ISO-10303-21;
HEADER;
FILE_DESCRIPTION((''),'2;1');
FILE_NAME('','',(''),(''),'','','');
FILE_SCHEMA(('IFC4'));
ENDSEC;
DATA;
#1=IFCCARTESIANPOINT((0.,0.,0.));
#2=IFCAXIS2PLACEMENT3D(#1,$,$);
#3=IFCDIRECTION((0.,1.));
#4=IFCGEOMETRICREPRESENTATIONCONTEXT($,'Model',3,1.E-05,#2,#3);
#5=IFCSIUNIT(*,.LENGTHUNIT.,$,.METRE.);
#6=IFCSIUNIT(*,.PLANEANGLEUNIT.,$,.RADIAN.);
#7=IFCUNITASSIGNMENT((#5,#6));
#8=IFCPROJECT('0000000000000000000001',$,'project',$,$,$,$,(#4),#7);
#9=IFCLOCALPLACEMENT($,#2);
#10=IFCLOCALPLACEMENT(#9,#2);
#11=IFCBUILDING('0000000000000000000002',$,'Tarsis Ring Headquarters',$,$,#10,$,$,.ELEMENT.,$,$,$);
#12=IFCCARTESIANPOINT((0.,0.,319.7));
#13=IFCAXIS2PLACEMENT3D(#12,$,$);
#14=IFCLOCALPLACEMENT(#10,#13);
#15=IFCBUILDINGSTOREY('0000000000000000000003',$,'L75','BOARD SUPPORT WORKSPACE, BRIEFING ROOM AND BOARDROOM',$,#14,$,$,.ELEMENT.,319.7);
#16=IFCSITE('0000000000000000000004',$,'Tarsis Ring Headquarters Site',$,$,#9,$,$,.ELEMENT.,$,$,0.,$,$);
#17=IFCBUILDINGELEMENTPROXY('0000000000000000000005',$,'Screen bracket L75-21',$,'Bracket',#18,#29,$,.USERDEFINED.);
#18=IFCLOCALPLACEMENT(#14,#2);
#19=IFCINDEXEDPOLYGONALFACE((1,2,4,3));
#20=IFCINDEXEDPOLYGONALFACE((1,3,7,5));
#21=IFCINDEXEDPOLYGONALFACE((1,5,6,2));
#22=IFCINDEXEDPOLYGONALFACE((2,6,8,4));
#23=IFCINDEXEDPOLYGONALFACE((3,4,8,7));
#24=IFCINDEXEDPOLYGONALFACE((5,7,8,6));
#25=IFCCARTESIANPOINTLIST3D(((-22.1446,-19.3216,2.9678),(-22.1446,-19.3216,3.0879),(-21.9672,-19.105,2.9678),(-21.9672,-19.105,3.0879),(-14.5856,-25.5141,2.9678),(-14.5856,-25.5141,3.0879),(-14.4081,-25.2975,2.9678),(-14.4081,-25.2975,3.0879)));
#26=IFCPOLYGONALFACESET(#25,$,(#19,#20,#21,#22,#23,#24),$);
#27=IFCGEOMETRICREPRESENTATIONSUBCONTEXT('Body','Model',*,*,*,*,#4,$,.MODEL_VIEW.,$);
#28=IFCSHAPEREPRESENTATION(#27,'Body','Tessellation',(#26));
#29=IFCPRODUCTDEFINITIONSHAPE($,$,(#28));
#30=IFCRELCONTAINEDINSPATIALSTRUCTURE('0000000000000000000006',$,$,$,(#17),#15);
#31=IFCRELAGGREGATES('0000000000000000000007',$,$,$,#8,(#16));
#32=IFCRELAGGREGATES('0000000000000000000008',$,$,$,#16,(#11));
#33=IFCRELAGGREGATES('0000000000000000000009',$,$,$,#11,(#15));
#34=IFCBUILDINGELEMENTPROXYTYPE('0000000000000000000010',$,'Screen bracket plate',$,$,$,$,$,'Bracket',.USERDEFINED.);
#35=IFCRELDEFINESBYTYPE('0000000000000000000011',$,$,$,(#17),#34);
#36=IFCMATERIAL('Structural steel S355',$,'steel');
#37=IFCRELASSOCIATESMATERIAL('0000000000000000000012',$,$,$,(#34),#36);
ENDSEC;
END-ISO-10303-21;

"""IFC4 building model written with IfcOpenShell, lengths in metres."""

from ifc_helpers import new_model, si_unit, direction, frame, origin, origin_2d, place, context, subcontext, project, spatial, rectangle, extrude, material, type_object, element, save


model = new_model("IFC4")

# Units and contexts
model_context = context("Model", 3, precision=1e-05, world=origin(), true_north=direction((0.0, 1.0)))
body_context = subcontext(model_context, "Body", "Model", "MODEL_VIEW")
ifc_project = project(units=[si_unit("LENGTHUNIT", "METRE"), si_unit("PLANEANGLEUNIT", "RADIAN")], contexts=[model_context])

# Site, building, storey
site_placement = place(None, origin())
site = spatial("IfcSite", under=ifc_project, at=site_placement, Name="Tarsis Ring Headquarters Site", CompositionType="ELEMENT", RefElevation=0.0)
building_placement = place(site_placement, origin())
building = spatial("IfcBuilding", under=site, at=building_placement, Name="Tarsis Ring Headquarters", CompositionType="ELEMENT")
storey_placement = place(building_placement, frame((0.0, 0.0, 319.7)))
storey = spatial("IfcBuildingStorey", under=building, at=storey_placement, Name="L75", Description="BOARD SUPPORT WORKSPACE, BRIEFING ROOM AND BOARDROOM", CompositionType="ELEMENT", Elevation=319.7)

# Shared definitions
ifc_material_1 = material(Name="Structural steel S355", Category="steel")

# Building element proxy
building_element_proxy_type = type_object("IfcBuildingElementProxyType", Name="Screen bracket plate", ElementType="Bracket", PredefinedType="USERDEFINED", material=ifc_material_1)
proxy_placement = place(storey_placement, frame((-18.2764, -22.3096, 2.9678), z_axis=(0.0, 0.0, 1.0), x_axis=(0.773564, -0.633718, 0.0)))
element("IfcBuildingElementProxy", 1, at=proxy_placement, inside=storey, type_object=building_element_proxy_type, Name="Screen bracket L75-21", ObjectType="Bracket", PredefinedType="USERDEFINED", context=body_context, shape_type="SweptSolid", body=[
    extrude(rectangle(XDim=9.7717, YDim=0.28, at=origin_2d()), origin(), (0.0, 0.0, 1.0), 0.1201),
])

save(model, "model.ifc")
